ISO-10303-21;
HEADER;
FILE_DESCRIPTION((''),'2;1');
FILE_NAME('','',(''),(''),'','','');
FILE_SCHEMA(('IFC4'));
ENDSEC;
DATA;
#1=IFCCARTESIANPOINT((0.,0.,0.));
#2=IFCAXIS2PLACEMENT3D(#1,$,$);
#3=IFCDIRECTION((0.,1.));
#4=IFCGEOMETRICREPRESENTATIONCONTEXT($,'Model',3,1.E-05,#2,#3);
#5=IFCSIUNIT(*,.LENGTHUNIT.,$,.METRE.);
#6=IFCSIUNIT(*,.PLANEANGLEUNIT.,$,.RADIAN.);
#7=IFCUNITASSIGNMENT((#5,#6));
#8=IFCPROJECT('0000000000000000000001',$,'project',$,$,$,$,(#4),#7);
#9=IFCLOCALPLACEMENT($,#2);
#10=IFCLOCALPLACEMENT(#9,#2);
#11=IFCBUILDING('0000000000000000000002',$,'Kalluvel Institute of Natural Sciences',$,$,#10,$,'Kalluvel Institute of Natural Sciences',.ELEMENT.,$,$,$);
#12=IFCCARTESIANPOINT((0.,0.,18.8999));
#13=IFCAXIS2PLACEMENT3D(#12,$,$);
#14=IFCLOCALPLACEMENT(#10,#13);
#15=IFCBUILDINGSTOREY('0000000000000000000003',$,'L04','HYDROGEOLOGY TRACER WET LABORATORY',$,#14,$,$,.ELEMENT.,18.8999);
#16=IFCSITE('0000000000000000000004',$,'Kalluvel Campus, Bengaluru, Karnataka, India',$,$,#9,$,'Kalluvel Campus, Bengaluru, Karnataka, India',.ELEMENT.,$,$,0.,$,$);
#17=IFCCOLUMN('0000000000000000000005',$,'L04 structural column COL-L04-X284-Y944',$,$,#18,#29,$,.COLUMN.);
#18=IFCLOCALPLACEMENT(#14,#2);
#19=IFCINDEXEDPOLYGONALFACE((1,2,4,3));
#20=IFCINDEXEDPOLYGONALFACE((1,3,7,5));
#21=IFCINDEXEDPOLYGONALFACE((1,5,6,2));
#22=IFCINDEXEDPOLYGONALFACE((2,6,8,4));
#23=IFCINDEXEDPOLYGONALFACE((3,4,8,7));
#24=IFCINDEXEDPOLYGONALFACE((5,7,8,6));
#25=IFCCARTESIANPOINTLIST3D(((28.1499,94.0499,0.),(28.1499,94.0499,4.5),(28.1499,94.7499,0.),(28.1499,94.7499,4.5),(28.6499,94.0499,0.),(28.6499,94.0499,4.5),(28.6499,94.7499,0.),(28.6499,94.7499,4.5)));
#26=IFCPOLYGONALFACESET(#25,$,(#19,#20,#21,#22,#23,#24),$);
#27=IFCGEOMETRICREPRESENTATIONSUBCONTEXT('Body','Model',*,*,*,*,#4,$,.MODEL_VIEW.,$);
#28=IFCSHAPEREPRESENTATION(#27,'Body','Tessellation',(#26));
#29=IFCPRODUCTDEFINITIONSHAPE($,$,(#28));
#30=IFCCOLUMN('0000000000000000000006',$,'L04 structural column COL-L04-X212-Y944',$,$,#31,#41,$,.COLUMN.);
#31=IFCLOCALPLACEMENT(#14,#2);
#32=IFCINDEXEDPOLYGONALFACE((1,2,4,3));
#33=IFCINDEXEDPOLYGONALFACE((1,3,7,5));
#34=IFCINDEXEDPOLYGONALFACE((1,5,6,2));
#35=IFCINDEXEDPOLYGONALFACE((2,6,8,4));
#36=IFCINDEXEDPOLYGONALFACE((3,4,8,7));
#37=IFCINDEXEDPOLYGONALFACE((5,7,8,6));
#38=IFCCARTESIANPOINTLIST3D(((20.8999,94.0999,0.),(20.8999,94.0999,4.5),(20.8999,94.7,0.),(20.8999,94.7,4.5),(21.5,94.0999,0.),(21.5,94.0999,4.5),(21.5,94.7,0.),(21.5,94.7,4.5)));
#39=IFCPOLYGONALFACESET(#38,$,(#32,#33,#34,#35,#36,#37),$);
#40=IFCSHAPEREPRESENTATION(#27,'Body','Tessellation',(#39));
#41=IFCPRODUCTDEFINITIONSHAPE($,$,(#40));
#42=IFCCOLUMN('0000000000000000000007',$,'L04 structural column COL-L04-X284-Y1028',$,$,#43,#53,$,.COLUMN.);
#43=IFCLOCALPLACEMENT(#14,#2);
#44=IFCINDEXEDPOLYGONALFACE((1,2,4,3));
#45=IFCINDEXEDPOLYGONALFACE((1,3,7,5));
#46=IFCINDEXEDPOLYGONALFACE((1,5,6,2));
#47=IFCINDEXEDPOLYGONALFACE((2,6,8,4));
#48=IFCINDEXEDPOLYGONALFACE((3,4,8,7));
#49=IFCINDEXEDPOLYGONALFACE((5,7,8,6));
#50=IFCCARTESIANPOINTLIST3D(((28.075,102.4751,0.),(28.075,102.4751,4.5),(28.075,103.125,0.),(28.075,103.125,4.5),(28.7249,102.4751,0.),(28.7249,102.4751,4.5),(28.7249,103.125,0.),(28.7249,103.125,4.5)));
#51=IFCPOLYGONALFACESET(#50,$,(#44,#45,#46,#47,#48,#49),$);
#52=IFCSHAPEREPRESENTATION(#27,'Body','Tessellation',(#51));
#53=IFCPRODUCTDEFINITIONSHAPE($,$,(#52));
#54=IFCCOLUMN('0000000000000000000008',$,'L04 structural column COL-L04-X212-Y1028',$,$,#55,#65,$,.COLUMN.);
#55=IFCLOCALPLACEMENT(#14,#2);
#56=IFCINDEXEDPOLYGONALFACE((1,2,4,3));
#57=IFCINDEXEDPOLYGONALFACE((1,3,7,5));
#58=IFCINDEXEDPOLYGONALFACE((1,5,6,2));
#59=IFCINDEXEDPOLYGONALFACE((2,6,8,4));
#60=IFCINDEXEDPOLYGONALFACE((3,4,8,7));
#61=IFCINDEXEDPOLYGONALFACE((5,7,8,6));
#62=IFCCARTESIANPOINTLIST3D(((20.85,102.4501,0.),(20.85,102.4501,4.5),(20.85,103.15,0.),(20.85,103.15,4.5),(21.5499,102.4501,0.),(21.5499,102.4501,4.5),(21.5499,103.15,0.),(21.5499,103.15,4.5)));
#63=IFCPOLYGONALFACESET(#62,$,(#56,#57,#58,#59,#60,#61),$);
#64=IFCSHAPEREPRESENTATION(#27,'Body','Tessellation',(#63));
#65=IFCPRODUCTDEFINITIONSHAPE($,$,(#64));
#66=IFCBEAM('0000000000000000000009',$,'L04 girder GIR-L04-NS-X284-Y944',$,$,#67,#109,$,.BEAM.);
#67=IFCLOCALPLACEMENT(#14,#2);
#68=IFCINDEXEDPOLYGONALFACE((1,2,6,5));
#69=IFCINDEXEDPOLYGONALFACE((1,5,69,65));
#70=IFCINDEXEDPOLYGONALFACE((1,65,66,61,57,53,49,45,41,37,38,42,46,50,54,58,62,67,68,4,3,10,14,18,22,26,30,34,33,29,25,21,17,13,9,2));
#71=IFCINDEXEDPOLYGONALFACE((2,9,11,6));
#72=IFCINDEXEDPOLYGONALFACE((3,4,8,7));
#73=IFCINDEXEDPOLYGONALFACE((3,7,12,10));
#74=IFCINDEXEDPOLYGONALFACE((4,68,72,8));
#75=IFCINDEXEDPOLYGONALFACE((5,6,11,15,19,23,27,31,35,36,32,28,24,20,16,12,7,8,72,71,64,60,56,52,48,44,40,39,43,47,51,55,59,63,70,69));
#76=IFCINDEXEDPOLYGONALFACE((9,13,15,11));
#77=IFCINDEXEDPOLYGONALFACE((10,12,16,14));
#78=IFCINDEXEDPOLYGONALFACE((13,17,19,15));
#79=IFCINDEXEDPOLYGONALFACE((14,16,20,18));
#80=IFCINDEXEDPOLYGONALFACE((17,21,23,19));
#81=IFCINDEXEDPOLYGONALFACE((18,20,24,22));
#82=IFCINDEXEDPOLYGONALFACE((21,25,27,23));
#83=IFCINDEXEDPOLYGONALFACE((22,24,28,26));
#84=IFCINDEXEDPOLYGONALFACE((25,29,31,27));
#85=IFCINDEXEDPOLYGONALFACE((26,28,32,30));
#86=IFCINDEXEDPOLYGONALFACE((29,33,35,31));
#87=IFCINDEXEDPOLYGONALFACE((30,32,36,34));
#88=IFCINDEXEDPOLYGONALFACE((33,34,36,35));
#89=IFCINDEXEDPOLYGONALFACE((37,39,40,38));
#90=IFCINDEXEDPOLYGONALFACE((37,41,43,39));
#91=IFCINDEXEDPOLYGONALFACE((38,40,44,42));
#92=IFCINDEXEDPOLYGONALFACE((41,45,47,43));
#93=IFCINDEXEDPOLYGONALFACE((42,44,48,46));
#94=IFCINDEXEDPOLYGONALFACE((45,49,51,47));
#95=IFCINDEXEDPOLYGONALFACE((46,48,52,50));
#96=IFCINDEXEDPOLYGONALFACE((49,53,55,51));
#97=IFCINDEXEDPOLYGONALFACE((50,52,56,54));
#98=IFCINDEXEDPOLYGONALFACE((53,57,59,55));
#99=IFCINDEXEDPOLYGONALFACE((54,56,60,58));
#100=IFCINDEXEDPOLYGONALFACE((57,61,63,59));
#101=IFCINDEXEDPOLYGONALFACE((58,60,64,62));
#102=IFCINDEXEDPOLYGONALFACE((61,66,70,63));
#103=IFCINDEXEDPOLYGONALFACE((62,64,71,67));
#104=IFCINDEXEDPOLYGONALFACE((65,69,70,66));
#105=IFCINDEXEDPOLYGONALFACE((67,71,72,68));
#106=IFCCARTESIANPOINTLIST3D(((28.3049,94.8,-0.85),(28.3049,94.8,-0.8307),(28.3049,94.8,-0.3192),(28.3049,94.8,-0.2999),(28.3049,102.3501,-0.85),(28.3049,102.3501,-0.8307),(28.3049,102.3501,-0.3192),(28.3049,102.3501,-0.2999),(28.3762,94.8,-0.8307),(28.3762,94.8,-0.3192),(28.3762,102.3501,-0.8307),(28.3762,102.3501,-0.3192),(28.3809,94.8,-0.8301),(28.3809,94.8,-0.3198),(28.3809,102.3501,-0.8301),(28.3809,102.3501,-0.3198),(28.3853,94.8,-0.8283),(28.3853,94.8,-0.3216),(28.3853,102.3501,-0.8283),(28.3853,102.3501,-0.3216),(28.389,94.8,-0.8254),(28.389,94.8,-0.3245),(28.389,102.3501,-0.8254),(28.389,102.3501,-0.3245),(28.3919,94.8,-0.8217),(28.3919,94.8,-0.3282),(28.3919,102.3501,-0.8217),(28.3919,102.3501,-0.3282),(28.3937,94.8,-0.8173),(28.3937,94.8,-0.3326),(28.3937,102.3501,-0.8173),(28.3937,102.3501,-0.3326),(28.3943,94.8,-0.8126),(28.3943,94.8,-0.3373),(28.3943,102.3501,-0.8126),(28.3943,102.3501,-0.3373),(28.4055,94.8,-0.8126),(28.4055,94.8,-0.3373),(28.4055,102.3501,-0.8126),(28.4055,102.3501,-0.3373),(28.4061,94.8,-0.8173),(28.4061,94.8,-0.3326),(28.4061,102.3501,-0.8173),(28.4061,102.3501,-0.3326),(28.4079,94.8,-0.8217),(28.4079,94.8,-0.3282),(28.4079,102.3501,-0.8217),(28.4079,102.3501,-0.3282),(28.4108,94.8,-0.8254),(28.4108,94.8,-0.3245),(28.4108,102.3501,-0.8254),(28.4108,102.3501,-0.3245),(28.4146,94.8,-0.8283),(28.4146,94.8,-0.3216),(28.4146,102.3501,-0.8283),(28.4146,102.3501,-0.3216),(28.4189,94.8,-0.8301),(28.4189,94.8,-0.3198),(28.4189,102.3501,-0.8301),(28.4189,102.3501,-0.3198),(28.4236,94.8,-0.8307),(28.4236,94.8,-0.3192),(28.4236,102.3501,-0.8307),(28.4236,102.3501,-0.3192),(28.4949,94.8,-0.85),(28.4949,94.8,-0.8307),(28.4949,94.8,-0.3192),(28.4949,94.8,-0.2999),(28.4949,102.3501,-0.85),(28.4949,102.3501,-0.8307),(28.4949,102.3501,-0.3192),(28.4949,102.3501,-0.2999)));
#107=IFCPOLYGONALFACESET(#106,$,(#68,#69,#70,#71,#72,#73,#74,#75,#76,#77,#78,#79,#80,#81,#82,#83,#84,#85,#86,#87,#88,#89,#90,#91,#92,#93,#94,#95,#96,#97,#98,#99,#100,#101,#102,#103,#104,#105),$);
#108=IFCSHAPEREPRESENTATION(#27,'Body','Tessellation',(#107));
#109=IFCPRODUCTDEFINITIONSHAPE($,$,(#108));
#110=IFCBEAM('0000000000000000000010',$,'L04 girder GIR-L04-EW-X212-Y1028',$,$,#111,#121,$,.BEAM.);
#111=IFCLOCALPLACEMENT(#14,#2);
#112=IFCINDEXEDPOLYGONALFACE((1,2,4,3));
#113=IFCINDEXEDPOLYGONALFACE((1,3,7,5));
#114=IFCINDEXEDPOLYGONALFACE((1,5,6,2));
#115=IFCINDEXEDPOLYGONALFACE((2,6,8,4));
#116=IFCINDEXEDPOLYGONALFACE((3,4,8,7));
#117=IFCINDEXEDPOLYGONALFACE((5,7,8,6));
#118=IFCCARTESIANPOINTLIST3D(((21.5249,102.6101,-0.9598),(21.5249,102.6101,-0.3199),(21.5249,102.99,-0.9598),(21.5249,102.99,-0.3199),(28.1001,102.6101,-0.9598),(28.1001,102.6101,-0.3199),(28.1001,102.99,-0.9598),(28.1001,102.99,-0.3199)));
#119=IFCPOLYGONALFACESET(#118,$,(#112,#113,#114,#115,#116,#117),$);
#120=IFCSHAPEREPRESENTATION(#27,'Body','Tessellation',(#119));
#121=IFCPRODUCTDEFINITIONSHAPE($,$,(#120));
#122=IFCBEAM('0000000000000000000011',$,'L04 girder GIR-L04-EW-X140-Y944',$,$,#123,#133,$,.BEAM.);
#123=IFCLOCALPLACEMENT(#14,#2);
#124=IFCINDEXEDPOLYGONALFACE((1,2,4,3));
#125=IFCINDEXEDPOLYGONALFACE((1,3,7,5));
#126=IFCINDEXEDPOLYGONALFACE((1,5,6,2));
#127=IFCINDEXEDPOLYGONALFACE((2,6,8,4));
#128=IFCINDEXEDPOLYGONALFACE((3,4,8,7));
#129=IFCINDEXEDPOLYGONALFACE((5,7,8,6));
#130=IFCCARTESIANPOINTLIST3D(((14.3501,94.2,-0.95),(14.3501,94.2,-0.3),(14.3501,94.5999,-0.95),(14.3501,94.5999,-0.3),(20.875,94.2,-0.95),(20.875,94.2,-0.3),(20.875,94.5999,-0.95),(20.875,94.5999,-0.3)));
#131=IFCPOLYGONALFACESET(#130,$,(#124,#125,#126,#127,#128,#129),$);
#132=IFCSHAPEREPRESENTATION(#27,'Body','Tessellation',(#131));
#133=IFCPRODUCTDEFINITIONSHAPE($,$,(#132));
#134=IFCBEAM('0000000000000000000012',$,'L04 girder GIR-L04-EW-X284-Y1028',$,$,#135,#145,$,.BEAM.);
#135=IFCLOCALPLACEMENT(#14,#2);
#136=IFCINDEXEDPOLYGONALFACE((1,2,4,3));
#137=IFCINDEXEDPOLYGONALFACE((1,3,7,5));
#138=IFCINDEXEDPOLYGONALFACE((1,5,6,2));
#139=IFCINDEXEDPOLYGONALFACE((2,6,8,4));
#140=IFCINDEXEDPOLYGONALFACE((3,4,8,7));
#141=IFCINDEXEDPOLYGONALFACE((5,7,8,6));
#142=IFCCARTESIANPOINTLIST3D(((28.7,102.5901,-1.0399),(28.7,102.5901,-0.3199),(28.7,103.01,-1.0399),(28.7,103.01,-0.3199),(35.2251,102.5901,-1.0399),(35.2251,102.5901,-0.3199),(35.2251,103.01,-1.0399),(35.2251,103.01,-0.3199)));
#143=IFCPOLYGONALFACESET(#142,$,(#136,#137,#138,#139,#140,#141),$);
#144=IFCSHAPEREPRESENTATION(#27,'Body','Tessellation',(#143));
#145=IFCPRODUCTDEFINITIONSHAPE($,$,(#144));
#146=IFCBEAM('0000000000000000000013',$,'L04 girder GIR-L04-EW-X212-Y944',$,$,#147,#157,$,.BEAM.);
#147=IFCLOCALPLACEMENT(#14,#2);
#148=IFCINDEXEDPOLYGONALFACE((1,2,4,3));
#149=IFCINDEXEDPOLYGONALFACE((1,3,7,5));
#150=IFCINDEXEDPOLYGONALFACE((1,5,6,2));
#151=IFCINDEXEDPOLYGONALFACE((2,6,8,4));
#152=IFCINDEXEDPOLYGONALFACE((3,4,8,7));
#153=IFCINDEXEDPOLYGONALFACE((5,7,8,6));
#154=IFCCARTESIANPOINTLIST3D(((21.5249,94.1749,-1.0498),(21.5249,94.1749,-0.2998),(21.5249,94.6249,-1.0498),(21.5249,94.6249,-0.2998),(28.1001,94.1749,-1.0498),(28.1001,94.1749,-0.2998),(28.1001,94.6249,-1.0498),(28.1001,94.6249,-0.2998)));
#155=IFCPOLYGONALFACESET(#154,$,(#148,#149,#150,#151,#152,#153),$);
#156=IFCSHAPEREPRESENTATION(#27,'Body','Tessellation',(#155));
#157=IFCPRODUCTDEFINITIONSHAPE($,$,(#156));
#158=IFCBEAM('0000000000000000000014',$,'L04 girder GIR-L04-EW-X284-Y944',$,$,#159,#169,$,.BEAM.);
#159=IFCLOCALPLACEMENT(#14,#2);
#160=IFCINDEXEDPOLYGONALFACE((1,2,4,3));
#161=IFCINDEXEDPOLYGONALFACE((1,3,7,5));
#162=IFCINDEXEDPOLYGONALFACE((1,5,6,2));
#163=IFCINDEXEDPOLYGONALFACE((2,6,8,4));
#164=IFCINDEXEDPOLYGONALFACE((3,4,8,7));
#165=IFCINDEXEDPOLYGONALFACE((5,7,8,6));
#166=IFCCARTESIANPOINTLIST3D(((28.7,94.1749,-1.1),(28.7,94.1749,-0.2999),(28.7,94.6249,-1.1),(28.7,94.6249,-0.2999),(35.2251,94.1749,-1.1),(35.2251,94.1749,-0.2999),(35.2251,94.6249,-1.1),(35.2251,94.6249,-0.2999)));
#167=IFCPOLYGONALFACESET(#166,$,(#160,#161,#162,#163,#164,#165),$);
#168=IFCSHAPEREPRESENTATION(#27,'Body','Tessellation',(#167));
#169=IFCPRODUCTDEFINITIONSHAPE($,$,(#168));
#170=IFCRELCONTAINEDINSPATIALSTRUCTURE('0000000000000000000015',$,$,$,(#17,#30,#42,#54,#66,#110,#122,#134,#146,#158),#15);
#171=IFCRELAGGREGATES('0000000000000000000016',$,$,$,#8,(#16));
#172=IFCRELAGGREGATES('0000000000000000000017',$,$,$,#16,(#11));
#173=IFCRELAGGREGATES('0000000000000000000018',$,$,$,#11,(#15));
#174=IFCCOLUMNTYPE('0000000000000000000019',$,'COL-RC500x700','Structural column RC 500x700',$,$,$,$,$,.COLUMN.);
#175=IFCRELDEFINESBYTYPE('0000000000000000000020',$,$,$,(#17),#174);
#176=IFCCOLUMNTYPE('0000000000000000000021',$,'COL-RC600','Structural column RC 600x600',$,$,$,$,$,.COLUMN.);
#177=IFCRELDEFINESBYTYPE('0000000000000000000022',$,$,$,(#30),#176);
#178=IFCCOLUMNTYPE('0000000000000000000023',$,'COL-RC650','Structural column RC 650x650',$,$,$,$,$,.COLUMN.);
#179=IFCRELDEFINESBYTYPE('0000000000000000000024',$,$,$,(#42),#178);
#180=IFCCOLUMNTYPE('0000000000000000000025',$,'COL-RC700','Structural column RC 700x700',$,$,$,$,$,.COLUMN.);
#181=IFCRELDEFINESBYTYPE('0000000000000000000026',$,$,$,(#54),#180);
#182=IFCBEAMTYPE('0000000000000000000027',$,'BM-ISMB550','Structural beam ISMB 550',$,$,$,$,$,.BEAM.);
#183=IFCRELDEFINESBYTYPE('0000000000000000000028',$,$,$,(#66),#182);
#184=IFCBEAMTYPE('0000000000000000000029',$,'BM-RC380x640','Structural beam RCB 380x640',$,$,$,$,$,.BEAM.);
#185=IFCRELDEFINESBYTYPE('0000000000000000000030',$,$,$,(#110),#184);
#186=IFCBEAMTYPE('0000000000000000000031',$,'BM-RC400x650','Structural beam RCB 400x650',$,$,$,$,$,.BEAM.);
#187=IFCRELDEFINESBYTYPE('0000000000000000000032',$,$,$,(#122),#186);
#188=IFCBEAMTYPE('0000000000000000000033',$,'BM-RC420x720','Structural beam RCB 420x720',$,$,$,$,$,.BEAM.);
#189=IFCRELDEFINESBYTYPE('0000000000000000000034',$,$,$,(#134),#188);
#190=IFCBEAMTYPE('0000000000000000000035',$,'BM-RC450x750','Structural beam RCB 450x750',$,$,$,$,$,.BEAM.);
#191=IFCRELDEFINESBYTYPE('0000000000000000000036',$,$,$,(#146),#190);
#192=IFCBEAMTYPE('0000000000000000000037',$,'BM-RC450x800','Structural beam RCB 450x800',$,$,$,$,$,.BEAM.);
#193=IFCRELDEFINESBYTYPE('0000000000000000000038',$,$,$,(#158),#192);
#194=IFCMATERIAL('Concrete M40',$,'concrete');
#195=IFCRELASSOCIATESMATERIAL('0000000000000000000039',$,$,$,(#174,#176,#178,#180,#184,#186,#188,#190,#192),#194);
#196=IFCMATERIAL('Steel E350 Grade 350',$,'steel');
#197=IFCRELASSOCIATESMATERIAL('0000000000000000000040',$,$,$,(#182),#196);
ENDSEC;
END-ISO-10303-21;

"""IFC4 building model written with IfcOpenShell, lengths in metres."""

from ifc_helpers import new_model, si_unit, direction, frame, origin, origin_2d, place, context, subcontext, project, spatial, rectangle, i_section, extrude, material, material_profile, profile_set, type_object, element, save


model = new_model("IFC4")

# Units and contexts
model_context = context("Model", 3, precision=1e-05, world=origin(), true_north=direction((0.0, 1.0)))
body_context = subcontext(model_context, "Body", "Model", "MODEL_VIEW")
ifc_project = project(units=[si_unit("LENGTHUNIT", "METRE"), si_unit("PLANEANGLEUNIT", "RADIAN")], contexts=[model_context])

# Site, building, storey
site_placement = place(None, origin())
site = spatial("IfcSite", under=ifc_project, at=site_placement, Name="Kalluvel Campus, Bengaluru, Karnataka, India", LongName="Kalluvel Campus, Bengaluru, Karnataka, India", CompositionType="ELEMENT", RefElevation=0.0)
building_placement = place(site_placement, origin())
building = spatial("IfcBuilding", under=site, at=building_placement, Name="Kalluvel Institute of Natural Sciences", LongName="Kalluvel Institute of Natural Sciences", CompositionType="ELEMENT")
storey_placement = place(building_placement, frame((0.0, 0.0, 18.8999)))
storey = spatial("IfcBuildingStorey", under=building, at=storey_placement, Name="L04", Description="HYDROGEOLOGY TRACER WET LABORATORY", CompositionType="ELEMENT", Elevation=18.8999)

# Columns
ifc_material_1 = material(Name="Concrete M40", Category="concrete")
ifc_material_profile_1 = material_profile(ifc_material_1, rectangle(XDim=0.5, YDim=0.7, at=origin_2d()), Name="RC 500x700")
ifc_profile_set_1 = profile_set([ifc_material_profile_1], Name="Concrete M40")
column_type_1 = type_object("IfcColumnType", Name="COL-RC500x700", Description="Structural column RC 500x700", PredefinedType="COLUMN", material=ifc_profile_set_1)
column_1_placement = place(storey_placement, frame((28.3999, 94.3999, 0.0), z_axis=(0.0, 0.0, 1.0), x_axis=(1.0, 0.0, 0.0)))
element("IfcColumn", 1, at=column_1_placement, inside=storey, type_object=column_type_1, Name="L04 structural column COL-L04-X284-Y944", PredefinedType="COLUMN", context=body_context, shape_type="SweptSolid", body=[
    extrude(rectangle(XDim=0.5, YDim=0.7, at=origin_2d()), origin(), (0.0, 0.0, 1.0), 4.5),
])
ifc_material_profile_2 = material_profile(ifc_material_1, rectangle(XDim=0.6001, YDim=0.6001, at=origin_2d()), Name="RC 600x600")
ifc_profile_set_2 = profile_set([ifc_material_profile_2], Name="Concrete M40")
column_type_2 = type_object("IfcColumnType", Name="COL-RC600", Description="Structural column RC 600x600", PredefinedType="COLUMN", material=ifc_profile_set_2)
column_2_placement = place(storey_placement, frame((21.2, 94.3999, 0.0), z_axis=(0.0, 0.0, 1.0), x_axis=(1.0, 0.0, 0.0)))
element("IfcColumn", 2, at=column_2_placement, inside=storey, type_object=column_type_2, Name="L04 structural column COL-L04-X212-Y944", PredefinedType="COLUMN", context=body_context, shape_type="SweptSolid", body=[
    extrude(rectangle(XDim=0.6001, YDim=0.6001, at=origin_2d()), origin(), (0.0, 0.0, 1.0), 4.5),
])
ifc_material_profile_3 = material_profile(ifc_material_1, rectangle(XDim=0.6499, YDim=0.6499, at=origin_2d()), Name="RC 650x650")
ifc_profile_set_3 = profile_set([ifc_material_profile_3], Name="Concrete M40")
column_type_3 = type_object("IfcColumnType", Name="COL-RC650", Description="Structural column RC 650x650", PredefinedType="COLUMN", material=ifc_profile_set_3)
column_3_placement = place(storey_placement, frame((28.3999, 102.8, 0.0), z_axis=(0.0, 0.0, 1.0), x_axis=(1.0, 0.0, 0.0)))
element("IfcColumn", 3, at=column_3_placement, inside=storey, type_object=column_type_3, Name="L04 structural column COL-L04-X284-Y1028", PredefinedType="COLUMN", context=body_context, shape_type="SweptSolid", body=[
    extrude(rectangle(XDim=0.6499, YDim=0.6499, at=origin_2d()), origin(), (0.0, 0.0, 1.0), 4.5),
])
ifc_material_profile_4 = material_profile(ifc_material_1, rectangle(XDim=0.7, YDim=0.7, at=origin_2d()), Name="RC 700x700")
ifc_profile_set_4 = profile_set([ifc_material_profile_4], Name="Concrete M40")
column_type_4 = type_object("IfcColumnType", Name="COL-RC700", Description="Structural column RC 700x700", PredefinedType="COLUMN", material=ifc_profile_set_4)
column_4_placement = place(storey_placement, frame((21.2, 102.8, 0.0), z_axis=(0.0, 0.0, 1.0), x_axis=(1.0, 0.0, 0.0)))
element("IfcColumn", 4, at=column_4_placement, inside=storey, type_object=column_type_4, Name="L04 structural column COL-L04-X212-Y1028", PredefinedType="COLUMN", context=body_context, shape_type="SweptSolid", body=[
    extrude(rectangle(XDim=0.7, YDim=0.7, at=origin_2d()), origin(), (0.0, 0.0, 1.0), 4.5),
])

# Beams
ifc_material_2 = material(Name="Steel E350 Grade 350", Category="steel")
ifc_material_profile_5 = material_profile(ifc_material_2, i_section(OverallWidth=0.1899, OverallDepth=0.55, WebThickness=0.0112, FlangeThickness=0.0193, FilletRadius=0.0181, at=origin_2d()), Name="ISMB 550")
ifc_profile_set_5 = profile_set([ifc_material_profile_5], Name="Steel E350 Grade 350")
beam_type_1 = type_object("IfcBeamType", Name="BM-ISMB550", Description="Structural beam ISMB 550", PredefinedType="BEAM", material=ifc_profile_set_5)
beam_1_placement = place(storey_placement, frame((28.3999, 94.8, -0.575), z_axis=(0.0, 1.0, 0.0), x_axis=(-1.0, 0.0, 0.0)))
element("IfcBeam", 5, at=beam_1_placement, inside=storey, type_object=beam_type_1, Name="L04 girder GIR-L04-NS-X284-Y944", PredefinedType="BEAM", context=body_context, shape_type="SweptSolid", body=[
    extrude(i_section(OverallWidth=0.1899, OverallDepth=0.55, WebThickness=0.0112, FlangeThickness=0.0193, FilletRadius=0.0181, at=origin_2d()), origin(), (0.0, 0.0, 1.0), 7.55),
])
ifc_material_profile_6 = material_profile(ifc_material_1, rectangle(XDim=0.3799, YDim=0.6399, at=origin_2d()), Name="RCB 380x640")
ifc_profile_set_6 = profile_set([ifc_material_profile_6], Name="Concrete M40")
beam_type_2 = type_object("IfcBeamType", Name="BM-RC380x640", Description="Structural beam RCB 380x640", PredefinedType="BEAM", material=ifc_profile_set_6)
beam_2_placement = place(storey_placement, frame((21.5249, 102.8, -0.6399), z_axis=(1.0, 0.0, 0.0), x_axis=(0.0, 1.0, 0.0)))
element("IfcBeam", 6, at=beam_2_placement, inside=storey, type_object=beam_type_2, Name="L04 girder GIR-L04-EW-X212-Y1028", PredefinedType="BEAM", context=body_context, shape_type="SweptSolid", body=[
    extrude(rectangle(XDim=0.3799, YDim=0.6399, at=origin_2d()), origin(), (0.0, 0.0, 1.0), 6.5752),
])
ifc_material_profile_7 = material_profile(ifc_material_1, rectangle(XDim=0.3999, YDim=0.6499, at=origin_2d()), Name="RCB 400x650")
ifc_profile_set_7 = profile_set([ifc_material_profile_7], Name="Concrete M40")
beam_type_3 = type_object("IfcBeamType", Name="BM-RC400x650", Description="Structural beam RCB 400x650", PredefinedType="BEAM", material=ifc_profile_set_7)
beam_3_placement = place(storey_placement, frame((14.3501, 94.3999, -0.625), z_axis=(1.0, 0.0, 0.0), x_axis=(0.0, 1.0, 0.0)))
element("IfcBeam", 7, at=beam_3_placement, inside=storey, type_object=beam_type_3, Name="L04 girder GIR-L04-EW-X140-Y944", PredefinedType="BEAM", context=body_context, shape_type="SweptSolid", body=[
    extrude(rectangle(XDim=0.3999, YDim=0.6499, at=origin_2d()), origin(), (0.0, 0.0, 1.0), 6.5249),
])
ifc_material_profile_8 = material_profile(ifc_material_1, rectangle(XDim=0.4199, YDim=0.72, at=origin_2d()), Name="RCB 420x720")
ifc_profile_set_8 = profile_set([ifc_material_profile_8], Name="Concrete M40")
beam_type_4 = type_object("IfcBeamType", Name="BM-RC420x720", Description="Structural beam RCB 420x720", PredefinedType="BEAM", material=ifc_profile_set_8)
beam_4_placement = place(storey_placement, frame((28.7, 102.8, -0.6799), z_axis=(1.0, 0.0, 0.0), x_axis=(0.0, 1.0, 0.0)))
element("IfcBeam", 8, at=beam_4_placement, inside=storey, type_object=beam_type_4, Name="L04 girder GIR-L04-EW-X284-Y1028", PredefinedType="BEAM", context=body_context, shape_type="SweptSolid", body=[
    extrude(rectangle(XDim=0.4199, YDim=0.72, at=origin_2d()), origin(), (0.0, 0.0, 1.0), 6.5251),
])
ifc_material_profile_9 = material_profile(ifc_material_1, rectangle(XDim=0.45, YDim=0.75, at=origin_2d()), Name="RCB 450x750")
ifc_profile_set_9 = profile_set([ifc_material_profile_9], Name="Concrete M40")
beam_type_5 = type_object("IfcBeamType", Name="BM-RC450x750", Description="Structural beam RCB 450x750", PredefinedType="BEAM", material=ifc_profile_set_9)
beam_5_placement = place(storey_placement, frame((21.5249, 94.3999, -0.6748), z_axis=(1.0, 0.0, 0.0), x_axis=(0.0, 1.0, 0.0)))
element("IfcBeam", 9, at=beam_5_placement, inside=storey, type_object=beam_type_5, Name="L04 girder GIR-L04-EW-X212-Y944", PredefinedType="BEAM", context=body_context, shape_type="SweptSolid", body=[
    extrude(rectangle(XDim=0.45, YDim=0.75, at=origin_2d()), origin(), (0.0, 0.0, 1.0), 6.5752),
])
ifc_material_profile_10 = material_profile(ifc_material_1, rectangle(XDim=0.45, YDim=0.8, at=origin_2d()), Name="RCB 450x800")
ifc_profile_set_10 = profile_set([ifc_material_profile_10], Name="Concrete M40")
beam_type_6 = type_object("IfcBeamType", Name="BM-RC450x800", Description="Structural beam RCB 450x800", PredefinedType="BEAM", material=ifc_profile_set_10)
beam_6_placement = place(storey_placement, frame((28.7, 94.3999, -0.7), z_axis=(1.0, 0.0, 0.0), x_axis=(0.0, 1.0, 0.0)))
element("IfcBeam", 10, at=beam_6_placement, inside=storey, type_object=beam_type_6, Name="L04 girder GIR-L04-EW-X284-Y944", PredefinedType="BEAM", context=body_context, shape_type="SweptSolid", body=[
    extrude(rectangle(XDim=0.45, YDim=0.8, at=origin_2d()), origin(), (0.0, 0.0, 1.0), 6.5251),
])

save(model, "model.ifc")
